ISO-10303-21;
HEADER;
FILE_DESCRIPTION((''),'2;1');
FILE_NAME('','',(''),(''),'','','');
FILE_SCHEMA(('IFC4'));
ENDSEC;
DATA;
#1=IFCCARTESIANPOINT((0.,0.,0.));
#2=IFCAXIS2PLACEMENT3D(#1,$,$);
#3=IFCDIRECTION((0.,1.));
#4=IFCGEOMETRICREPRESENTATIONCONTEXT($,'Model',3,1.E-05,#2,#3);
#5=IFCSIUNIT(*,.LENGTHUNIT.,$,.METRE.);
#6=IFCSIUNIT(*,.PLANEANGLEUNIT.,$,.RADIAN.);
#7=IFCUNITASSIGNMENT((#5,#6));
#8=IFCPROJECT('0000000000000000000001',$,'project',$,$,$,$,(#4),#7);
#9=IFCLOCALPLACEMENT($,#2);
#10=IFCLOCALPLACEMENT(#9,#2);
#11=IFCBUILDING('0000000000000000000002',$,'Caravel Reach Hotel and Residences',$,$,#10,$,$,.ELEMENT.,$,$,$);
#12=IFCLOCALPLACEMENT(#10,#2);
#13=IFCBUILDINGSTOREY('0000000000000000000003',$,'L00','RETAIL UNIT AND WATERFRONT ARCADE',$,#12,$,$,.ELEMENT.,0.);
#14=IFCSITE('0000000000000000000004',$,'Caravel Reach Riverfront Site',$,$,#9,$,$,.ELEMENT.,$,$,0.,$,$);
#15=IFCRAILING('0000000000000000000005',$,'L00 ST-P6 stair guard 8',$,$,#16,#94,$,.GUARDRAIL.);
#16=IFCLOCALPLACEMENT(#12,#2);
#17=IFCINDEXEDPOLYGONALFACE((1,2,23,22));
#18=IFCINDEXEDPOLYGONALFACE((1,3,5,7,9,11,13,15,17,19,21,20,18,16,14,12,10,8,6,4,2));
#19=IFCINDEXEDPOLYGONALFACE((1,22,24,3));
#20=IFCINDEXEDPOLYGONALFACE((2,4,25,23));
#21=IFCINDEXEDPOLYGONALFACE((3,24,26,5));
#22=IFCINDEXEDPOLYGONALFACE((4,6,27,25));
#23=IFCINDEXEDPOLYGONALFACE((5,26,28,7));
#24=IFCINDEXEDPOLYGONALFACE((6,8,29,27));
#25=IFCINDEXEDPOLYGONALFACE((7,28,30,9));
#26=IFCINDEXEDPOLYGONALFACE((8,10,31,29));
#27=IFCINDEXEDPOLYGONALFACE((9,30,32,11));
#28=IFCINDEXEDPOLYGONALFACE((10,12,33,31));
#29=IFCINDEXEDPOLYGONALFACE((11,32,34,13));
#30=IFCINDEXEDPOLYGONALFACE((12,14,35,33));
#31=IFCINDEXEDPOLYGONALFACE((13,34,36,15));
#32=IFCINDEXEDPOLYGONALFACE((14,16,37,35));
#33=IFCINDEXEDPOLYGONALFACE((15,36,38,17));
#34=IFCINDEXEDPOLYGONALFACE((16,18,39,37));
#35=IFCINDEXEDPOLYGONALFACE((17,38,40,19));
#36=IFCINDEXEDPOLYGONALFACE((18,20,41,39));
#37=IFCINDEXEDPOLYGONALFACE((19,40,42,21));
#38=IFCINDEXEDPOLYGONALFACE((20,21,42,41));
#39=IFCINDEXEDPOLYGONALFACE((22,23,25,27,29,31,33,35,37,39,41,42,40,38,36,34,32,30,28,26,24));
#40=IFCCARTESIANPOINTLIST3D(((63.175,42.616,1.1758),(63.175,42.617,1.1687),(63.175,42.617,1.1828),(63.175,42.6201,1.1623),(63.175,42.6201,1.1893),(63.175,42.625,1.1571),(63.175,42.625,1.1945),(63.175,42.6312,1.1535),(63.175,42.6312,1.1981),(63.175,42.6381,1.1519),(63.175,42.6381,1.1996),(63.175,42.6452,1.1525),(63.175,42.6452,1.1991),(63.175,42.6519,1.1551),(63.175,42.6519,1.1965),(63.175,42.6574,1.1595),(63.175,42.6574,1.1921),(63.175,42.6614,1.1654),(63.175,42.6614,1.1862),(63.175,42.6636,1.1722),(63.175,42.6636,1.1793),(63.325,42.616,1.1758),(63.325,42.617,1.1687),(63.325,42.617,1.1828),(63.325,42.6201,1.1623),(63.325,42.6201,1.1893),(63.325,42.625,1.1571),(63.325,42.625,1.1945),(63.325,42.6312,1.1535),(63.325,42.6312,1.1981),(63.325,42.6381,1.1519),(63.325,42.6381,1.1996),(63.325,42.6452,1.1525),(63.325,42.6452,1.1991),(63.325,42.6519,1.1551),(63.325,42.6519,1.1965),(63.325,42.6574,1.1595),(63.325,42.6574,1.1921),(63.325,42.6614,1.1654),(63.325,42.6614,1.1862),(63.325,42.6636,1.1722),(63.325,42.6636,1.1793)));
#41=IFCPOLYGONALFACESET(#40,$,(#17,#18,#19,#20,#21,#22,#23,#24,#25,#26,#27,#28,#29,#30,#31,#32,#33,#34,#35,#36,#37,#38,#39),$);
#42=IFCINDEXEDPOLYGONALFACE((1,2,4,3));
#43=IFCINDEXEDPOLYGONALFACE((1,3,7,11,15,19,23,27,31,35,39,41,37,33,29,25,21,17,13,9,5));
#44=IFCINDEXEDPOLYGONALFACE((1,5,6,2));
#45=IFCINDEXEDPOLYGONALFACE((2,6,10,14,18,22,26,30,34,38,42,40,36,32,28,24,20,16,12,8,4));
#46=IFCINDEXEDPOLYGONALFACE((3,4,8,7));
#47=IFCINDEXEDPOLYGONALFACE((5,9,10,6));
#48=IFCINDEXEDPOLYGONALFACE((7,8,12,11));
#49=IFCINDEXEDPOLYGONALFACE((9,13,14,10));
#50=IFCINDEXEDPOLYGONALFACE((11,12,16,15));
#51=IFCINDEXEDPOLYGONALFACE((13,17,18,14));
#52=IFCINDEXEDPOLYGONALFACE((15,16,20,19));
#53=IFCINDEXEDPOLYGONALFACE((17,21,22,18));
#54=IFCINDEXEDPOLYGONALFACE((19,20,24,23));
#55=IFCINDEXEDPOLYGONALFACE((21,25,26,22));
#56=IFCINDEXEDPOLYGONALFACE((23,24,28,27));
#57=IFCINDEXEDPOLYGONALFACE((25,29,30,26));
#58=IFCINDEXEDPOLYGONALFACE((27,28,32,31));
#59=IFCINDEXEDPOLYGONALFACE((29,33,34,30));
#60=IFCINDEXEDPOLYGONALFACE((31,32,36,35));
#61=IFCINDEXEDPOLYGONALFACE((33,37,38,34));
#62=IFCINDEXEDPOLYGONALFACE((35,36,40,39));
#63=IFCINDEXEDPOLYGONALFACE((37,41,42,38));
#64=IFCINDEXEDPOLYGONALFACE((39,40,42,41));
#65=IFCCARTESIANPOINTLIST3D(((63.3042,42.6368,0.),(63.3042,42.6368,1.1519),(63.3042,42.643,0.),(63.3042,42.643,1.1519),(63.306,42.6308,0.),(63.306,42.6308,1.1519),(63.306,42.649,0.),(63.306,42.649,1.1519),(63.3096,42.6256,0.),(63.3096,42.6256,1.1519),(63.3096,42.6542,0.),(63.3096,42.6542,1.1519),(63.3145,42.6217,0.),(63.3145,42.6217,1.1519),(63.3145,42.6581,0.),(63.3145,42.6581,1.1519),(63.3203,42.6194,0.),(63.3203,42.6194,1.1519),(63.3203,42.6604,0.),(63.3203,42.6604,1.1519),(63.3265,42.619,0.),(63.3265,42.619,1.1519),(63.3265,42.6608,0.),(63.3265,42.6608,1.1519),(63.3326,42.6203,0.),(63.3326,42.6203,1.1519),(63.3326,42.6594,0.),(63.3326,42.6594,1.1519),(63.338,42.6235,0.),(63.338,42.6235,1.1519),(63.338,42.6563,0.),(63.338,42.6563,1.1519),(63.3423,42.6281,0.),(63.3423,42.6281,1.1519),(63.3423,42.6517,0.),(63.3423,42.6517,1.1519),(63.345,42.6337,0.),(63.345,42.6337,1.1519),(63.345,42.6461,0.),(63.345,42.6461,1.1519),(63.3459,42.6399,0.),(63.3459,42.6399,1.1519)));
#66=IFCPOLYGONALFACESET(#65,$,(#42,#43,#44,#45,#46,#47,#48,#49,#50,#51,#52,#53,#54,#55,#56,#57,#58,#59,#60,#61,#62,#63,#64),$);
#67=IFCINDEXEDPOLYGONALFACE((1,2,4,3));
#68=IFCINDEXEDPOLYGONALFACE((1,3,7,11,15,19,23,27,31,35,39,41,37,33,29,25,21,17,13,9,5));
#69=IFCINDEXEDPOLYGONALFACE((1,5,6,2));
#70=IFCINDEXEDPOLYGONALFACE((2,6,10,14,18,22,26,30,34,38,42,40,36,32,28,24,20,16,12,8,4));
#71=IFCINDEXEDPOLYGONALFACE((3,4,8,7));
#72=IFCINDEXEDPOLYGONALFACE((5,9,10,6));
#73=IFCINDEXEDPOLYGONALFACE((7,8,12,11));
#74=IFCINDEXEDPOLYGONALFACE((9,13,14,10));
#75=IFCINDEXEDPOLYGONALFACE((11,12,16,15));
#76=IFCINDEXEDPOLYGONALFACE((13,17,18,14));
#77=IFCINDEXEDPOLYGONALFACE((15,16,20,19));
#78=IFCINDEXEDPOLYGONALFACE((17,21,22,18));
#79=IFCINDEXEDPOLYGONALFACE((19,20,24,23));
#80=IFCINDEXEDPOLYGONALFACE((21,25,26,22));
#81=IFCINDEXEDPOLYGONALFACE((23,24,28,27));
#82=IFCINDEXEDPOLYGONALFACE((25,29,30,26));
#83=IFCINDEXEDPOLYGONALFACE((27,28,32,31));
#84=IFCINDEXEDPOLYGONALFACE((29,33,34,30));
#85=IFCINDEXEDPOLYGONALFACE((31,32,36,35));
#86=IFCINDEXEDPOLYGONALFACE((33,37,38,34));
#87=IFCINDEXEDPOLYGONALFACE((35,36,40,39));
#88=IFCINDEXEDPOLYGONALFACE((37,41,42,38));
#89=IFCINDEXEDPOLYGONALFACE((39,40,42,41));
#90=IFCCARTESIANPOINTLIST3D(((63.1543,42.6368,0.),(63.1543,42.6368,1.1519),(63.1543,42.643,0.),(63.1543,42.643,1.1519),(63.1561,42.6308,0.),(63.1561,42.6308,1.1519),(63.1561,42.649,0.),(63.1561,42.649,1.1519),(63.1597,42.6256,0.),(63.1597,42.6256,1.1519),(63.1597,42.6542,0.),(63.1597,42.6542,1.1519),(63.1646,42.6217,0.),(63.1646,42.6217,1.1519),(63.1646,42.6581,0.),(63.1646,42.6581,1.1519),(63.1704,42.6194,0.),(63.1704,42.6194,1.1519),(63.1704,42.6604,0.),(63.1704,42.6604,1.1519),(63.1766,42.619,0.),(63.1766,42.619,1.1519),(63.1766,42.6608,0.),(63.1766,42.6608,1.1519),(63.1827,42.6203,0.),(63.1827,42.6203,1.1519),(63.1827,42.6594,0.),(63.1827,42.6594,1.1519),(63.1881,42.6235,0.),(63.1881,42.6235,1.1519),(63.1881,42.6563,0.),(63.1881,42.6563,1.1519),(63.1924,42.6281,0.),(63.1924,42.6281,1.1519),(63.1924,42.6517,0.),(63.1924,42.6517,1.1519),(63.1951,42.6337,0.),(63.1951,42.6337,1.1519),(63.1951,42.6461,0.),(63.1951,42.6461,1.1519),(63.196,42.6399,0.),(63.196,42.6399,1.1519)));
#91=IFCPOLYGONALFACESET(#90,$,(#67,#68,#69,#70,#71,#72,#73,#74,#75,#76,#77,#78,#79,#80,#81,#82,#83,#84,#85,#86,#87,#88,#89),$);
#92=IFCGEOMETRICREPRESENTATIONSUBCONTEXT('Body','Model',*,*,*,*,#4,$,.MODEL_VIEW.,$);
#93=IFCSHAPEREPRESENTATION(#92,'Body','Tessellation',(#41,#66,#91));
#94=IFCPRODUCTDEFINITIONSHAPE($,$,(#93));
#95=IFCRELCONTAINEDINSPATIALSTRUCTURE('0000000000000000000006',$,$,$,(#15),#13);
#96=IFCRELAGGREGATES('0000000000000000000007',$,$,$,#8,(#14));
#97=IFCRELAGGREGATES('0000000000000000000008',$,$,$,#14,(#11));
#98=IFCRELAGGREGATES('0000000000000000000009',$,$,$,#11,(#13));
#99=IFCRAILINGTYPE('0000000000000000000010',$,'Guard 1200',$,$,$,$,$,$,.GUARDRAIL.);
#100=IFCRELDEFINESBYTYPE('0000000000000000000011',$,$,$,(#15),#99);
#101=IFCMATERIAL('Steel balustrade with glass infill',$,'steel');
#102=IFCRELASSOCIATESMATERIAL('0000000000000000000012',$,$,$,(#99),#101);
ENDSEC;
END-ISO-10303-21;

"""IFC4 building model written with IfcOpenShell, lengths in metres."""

from ifc_helpers import new_model, si_unit, direction, frame, origin, origin_2d, place, context, subcontext, project, spatial, circle, extrude, material, type_object, element, save


model = new_model("IFC4")

# Units and contexts
model_context = context("Model", 3, precision=1e-05, world=origin(), true_north=direction((0.0, 1.0)))
body_context = subcontext(model_context, "Body", "Model", "MODEL_VIEW")
ifc_project = project(units=[si_unit("LENGTHUNIT", "METRE"), si_unit("PLANEANGLEUNIT", "RADIAN")], contexts=[model_context])

# Site, building, storey
site_placement = place(None, origin())
site = spatial("IfcSite", under=ifc_project, at=site_placement, Name="Caravel Reach Riverfront Site", CompositionType="ELEMENT", RefElevation=0.0)
building_placement = place(site_placement, origin())
building = spatial("IfcBuilding", under=site, at=building_placement, Name="Caravel Reach Hotel and Residences", CompositionType="ELEMENT")
storey_placement = place(building_placement, origin())
storey = spatial("IfcBuildingStorey", under=building, at=storey_placement, Name="L00", Description="RETAIL UNIT AND WATERFRONT ARCADE", CompositionType="ELEMENT", Elevation=0.0)

# Railing
ifc_material_1 = material(Name="Steel balustrade with glass infill", Category="steel")
railing_type_1 = type_object("IfcRailingType", Name="Guard 1200", PredefinedType="GUARDRAIL", material=ifc_material_1)
railing_1_placement = place(storey_placement, frame((63.325, 42.6399, 0.0)))
element("IfcRailing", 1, at=railing_1_placement, inside=storey, type_object=railing_type_1, Name="L00 ST-P6 stair guard 8", PredefinedType="GUARDRAIL", context=body_context, shape_type="SweptSolid", body=[
    extrude(circle(Radius=0.0239, at=origin_2d()), frame((0.0, 0.0, 1.1758), z_axis=(-1.0, 0.0, 0.0), x_axis=(0.0, -1.0, 0.0)), (0.0, 0.0, 1.0), 0.1499),
    extrude(circle(Radius=0.021, at=origin_2d()), origin(), (0.0, 0.0, 1.0), 1.1519),
    extrude(circle(Radius=0.021, at=origin_2d()), frame((-0.1499, 0.0, 0.0)), (0.0, 0.0, 1.0), 1.1519),
])

save(model, "model.ifc")
